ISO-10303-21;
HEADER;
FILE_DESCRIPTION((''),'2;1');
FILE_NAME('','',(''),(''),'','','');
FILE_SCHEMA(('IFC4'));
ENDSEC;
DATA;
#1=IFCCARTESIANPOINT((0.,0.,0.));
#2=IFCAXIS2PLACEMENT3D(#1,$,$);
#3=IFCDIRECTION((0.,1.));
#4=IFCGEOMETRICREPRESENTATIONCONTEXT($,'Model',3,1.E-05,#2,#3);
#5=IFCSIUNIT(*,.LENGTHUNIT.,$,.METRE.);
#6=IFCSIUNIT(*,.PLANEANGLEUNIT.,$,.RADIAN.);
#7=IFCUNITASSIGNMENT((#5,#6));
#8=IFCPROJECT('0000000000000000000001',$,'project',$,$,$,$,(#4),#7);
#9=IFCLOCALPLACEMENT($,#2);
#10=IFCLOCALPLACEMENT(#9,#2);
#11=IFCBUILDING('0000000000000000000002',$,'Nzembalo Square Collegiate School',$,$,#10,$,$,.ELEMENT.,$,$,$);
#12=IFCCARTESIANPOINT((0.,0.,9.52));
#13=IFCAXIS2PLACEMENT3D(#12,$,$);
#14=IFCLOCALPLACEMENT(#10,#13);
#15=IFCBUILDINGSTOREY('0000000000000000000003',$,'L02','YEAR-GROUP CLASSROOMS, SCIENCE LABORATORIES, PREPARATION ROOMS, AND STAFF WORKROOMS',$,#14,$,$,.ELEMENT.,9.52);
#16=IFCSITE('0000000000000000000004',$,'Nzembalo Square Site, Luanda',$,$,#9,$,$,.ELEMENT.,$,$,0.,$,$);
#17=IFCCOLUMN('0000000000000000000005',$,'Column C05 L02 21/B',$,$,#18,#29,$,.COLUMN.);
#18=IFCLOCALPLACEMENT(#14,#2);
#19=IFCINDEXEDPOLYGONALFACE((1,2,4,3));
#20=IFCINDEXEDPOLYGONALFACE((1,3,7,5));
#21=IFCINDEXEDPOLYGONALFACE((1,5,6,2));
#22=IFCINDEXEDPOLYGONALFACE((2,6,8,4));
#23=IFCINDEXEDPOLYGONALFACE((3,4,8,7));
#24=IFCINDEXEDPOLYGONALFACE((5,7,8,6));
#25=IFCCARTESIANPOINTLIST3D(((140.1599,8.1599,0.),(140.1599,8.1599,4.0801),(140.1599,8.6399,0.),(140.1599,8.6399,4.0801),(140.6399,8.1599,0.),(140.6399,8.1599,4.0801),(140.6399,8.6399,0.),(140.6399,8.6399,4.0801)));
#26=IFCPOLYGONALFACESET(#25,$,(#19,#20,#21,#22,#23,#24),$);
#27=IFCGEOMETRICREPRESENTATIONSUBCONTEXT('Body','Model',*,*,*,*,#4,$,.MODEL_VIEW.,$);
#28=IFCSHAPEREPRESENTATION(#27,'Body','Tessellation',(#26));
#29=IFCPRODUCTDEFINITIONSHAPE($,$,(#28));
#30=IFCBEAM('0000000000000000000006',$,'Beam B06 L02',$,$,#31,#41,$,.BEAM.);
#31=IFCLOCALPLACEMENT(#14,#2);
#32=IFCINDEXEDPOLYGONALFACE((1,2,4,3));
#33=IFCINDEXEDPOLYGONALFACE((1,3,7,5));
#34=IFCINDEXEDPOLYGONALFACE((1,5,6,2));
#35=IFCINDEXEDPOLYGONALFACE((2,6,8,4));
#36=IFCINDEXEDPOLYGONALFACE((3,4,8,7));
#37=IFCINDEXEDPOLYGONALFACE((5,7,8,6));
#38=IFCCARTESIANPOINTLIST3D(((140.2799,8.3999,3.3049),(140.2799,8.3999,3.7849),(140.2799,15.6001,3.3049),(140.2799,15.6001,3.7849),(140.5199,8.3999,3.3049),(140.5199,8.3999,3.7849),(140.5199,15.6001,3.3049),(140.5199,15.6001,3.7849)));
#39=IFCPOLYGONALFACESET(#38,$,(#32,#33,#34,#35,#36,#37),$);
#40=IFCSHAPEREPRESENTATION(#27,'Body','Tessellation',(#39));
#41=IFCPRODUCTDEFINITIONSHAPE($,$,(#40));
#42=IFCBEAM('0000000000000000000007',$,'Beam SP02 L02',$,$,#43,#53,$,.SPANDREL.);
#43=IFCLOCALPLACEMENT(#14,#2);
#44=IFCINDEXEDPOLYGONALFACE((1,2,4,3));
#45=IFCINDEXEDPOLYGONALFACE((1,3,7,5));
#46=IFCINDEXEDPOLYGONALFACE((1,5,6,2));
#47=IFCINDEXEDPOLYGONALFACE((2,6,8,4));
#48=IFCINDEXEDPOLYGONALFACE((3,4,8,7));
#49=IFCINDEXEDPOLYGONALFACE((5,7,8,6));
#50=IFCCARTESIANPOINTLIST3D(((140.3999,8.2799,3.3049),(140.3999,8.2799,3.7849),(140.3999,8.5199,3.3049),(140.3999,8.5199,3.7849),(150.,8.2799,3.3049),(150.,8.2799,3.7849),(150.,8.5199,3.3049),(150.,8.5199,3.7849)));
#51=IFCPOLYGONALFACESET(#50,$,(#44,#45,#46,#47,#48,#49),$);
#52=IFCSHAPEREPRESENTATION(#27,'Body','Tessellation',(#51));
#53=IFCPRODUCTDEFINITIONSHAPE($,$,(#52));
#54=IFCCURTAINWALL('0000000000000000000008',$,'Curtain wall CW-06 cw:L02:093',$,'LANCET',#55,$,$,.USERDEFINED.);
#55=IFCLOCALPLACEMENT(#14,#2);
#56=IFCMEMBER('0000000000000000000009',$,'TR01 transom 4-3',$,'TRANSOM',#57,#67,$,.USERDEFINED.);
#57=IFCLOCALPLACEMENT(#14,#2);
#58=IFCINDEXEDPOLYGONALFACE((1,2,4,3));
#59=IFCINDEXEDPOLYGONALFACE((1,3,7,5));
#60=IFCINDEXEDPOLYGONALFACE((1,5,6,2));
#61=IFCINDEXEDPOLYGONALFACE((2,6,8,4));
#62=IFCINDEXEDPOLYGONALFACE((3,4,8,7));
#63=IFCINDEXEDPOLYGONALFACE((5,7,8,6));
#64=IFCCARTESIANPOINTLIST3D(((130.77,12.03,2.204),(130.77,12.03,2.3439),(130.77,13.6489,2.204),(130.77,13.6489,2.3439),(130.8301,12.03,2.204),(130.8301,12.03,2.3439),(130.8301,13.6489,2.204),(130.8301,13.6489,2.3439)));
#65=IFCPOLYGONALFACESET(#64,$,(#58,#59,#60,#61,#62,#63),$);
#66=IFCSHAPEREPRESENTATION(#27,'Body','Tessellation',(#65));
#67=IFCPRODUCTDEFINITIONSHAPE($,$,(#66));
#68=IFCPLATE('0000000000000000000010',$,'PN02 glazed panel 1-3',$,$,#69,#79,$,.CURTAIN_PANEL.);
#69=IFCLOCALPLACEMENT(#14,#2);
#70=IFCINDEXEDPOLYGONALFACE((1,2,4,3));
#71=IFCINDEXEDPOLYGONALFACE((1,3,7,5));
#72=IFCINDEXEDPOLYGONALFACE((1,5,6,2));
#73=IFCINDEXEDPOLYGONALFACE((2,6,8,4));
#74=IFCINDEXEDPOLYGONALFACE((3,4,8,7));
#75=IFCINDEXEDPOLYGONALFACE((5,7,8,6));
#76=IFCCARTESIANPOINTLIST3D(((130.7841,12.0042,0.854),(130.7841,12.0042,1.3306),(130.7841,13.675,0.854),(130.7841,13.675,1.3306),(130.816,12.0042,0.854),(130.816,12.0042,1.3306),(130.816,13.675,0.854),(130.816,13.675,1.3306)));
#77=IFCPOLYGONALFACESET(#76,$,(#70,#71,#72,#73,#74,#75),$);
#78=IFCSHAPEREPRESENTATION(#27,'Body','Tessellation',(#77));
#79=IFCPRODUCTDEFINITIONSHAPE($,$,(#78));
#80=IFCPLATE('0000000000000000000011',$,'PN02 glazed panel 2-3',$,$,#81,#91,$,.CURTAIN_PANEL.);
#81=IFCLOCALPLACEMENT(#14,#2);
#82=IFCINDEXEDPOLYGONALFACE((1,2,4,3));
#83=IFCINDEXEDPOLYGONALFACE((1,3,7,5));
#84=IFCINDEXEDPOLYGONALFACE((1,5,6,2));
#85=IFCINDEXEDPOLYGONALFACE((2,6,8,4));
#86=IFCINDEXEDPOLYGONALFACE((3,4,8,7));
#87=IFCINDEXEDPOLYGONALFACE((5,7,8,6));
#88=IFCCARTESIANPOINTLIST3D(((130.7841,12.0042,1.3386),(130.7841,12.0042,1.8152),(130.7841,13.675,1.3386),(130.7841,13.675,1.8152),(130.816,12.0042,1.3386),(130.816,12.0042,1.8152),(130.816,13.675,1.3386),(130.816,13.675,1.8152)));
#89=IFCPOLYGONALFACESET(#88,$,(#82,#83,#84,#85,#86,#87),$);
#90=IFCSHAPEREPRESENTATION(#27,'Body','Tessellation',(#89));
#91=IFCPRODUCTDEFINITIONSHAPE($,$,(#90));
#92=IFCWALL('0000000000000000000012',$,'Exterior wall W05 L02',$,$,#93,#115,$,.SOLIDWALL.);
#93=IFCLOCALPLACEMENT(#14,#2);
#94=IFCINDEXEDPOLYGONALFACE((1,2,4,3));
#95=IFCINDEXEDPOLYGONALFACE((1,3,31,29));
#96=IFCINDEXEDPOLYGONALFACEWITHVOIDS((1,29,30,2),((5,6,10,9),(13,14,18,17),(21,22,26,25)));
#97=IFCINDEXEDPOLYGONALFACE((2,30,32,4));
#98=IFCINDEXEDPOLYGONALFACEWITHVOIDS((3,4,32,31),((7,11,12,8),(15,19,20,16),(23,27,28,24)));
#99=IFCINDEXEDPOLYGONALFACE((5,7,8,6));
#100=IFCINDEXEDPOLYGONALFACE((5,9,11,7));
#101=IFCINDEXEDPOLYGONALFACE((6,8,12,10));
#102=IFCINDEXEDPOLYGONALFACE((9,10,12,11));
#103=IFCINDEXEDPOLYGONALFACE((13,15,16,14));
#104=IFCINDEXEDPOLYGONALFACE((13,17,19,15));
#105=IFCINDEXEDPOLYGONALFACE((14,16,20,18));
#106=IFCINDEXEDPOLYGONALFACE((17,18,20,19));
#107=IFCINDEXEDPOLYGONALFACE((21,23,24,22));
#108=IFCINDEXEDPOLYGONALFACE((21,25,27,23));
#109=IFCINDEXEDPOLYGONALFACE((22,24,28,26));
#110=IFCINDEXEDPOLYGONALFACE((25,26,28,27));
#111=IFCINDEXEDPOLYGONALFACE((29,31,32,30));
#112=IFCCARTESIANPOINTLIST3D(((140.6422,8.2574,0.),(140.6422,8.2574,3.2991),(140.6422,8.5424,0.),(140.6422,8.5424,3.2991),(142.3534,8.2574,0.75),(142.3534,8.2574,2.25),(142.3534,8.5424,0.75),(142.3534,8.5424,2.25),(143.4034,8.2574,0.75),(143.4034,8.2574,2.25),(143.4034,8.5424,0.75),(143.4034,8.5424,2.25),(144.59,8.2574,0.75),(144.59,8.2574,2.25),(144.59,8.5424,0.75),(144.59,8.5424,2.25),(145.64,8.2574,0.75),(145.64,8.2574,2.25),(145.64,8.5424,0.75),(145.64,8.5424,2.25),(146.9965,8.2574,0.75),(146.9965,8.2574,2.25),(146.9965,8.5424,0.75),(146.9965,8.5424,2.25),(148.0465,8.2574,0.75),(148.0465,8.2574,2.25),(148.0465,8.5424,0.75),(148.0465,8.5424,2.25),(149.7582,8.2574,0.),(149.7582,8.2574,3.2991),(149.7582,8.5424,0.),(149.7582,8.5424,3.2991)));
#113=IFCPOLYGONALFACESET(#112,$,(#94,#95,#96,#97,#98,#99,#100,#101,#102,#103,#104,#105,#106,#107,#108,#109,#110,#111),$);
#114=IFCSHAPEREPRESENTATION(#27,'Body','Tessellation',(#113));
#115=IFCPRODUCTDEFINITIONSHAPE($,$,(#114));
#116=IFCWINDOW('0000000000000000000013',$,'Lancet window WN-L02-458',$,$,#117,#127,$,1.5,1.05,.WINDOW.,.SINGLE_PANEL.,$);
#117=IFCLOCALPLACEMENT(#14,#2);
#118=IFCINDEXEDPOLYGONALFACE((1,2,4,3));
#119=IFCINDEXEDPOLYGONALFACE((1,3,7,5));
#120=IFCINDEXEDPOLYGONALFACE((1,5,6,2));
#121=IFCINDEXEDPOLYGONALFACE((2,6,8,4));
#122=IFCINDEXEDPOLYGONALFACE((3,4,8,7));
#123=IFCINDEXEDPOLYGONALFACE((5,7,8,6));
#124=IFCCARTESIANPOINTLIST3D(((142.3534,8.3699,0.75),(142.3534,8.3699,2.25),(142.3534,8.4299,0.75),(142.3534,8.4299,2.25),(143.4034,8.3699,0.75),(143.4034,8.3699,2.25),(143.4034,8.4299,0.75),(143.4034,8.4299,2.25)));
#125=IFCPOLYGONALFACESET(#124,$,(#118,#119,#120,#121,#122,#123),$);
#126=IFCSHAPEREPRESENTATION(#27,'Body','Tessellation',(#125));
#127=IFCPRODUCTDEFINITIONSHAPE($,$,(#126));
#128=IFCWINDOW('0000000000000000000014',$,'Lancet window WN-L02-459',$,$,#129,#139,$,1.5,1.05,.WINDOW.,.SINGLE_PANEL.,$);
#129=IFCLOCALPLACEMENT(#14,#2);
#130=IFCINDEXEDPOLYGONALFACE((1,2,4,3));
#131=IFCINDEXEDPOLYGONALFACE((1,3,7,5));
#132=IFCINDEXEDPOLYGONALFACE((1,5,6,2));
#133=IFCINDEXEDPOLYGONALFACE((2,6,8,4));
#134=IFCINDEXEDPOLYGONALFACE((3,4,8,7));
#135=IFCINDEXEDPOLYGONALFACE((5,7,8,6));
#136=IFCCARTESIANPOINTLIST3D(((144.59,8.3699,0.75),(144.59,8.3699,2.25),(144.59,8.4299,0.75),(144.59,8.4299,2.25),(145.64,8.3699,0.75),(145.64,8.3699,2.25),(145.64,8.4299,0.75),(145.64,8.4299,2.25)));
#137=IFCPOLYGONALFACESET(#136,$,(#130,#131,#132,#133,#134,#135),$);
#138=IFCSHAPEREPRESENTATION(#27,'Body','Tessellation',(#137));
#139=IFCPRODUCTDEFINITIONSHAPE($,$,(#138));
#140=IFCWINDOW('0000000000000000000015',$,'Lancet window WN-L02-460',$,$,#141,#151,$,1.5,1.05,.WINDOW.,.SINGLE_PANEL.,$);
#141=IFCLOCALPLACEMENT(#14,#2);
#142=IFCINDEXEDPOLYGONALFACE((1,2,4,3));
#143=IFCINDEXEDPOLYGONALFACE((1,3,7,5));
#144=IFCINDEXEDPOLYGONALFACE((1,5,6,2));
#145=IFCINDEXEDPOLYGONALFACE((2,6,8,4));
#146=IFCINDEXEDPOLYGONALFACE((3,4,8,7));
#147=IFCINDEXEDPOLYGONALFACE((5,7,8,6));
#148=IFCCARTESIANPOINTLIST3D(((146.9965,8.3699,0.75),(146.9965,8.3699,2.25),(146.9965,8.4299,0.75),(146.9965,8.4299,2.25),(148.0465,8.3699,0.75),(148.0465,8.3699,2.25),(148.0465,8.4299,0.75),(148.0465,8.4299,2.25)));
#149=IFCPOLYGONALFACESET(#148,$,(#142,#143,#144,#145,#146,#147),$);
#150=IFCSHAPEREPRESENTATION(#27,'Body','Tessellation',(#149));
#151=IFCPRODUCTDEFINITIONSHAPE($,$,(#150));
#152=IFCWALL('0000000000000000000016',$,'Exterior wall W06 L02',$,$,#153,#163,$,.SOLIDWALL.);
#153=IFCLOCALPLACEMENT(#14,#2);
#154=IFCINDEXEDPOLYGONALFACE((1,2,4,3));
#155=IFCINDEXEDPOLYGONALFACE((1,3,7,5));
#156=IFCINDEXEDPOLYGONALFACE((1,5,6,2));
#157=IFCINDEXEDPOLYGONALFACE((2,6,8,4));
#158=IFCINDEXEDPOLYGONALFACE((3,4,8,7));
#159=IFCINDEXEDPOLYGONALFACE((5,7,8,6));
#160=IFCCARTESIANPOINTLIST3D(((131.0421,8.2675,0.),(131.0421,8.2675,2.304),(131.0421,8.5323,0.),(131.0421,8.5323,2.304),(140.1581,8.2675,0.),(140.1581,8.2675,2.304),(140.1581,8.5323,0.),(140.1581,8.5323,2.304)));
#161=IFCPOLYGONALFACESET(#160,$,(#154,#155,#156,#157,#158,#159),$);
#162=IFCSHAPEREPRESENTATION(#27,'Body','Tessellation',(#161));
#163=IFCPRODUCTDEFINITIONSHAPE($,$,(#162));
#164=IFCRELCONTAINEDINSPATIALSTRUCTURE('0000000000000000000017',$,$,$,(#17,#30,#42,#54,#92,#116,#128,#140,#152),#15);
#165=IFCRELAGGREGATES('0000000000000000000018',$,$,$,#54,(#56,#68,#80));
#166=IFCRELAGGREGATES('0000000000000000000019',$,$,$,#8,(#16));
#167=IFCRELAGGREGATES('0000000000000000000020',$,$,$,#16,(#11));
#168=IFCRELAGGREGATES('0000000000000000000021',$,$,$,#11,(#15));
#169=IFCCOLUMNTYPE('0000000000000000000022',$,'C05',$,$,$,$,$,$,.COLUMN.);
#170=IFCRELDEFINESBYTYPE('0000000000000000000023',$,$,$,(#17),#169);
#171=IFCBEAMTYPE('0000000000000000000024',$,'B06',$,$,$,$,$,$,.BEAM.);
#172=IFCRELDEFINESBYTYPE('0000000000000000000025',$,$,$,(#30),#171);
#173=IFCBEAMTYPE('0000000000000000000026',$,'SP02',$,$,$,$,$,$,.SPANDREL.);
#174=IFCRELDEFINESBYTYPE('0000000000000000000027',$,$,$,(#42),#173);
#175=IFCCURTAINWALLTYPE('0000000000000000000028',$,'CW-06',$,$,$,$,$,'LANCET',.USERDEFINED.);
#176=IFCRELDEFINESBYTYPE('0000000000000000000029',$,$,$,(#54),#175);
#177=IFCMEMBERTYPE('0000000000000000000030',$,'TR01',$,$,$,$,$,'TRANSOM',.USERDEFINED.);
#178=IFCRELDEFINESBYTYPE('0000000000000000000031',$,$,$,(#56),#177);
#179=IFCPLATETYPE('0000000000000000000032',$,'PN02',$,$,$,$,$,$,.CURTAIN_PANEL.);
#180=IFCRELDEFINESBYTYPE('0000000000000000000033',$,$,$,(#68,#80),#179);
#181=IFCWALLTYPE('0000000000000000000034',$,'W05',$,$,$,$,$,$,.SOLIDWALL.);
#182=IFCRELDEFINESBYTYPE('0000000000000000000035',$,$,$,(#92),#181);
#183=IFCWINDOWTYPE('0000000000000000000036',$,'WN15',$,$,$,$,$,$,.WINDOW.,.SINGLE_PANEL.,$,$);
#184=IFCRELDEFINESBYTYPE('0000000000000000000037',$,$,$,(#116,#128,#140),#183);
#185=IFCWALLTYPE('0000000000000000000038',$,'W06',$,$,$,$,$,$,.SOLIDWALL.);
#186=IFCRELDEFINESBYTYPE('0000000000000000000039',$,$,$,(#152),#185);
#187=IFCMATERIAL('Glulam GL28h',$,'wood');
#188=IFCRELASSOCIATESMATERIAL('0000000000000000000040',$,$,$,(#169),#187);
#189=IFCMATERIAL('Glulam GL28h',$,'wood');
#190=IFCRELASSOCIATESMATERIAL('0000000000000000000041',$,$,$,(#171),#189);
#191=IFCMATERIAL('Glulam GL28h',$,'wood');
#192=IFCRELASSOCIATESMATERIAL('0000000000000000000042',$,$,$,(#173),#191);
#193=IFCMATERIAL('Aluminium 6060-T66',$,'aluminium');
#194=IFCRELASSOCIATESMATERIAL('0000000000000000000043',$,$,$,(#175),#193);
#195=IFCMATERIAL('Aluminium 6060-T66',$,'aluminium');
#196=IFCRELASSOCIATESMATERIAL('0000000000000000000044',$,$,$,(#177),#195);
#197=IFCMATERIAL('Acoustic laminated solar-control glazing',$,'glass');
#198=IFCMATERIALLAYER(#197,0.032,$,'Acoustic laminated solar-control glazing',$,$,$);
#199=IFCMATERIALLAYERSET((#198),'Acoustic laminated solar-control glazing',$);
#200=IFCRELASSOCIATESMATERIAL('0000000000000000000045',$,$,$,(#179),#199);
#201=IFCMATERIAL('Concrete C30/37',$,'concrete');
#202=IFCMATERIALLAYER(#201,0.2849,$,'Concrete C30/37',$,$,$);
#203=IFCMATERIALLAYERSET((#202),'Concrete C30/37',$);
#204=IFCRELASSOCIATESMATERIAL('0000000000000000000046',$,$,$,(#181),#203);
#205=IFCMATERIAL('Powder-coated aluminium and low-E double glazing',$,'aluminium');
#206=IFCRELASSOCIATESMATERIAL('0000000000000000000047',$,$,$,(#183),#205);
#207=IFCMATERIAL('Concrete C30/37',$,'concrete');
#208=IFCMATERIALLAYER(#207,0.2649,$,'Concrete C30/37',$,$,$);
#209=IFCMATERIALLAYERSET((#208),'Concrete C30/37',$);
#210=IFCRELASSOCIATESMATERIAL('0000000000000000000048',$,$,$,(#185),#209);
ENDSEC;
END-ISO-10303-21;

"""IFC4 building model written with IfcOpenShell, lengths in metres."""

from ifc_helpers import new_model, si_unit, direction, frame, frame_2d, origin, origin_2d, place, context, subcontext, project, spatial, rectangle, extrude, material, layer, layer_set, material_profile, profile_set, type_object, element, fill, aggregate, save


model = new_model("IFC4")

# Units and contexts
model_context = context("Model", 3, precision=1e-05, world=origin(), true_north=direction((0.0, 1.0)))
body_context = subcontext(model_context, "Body", "Model", "MODEL_VIEW")
ifc_project = project(units=[si_unit("LENGTHUNIT", "METRE"), si_unit("PLANEANGLEUNIT", "RADIAN")], contexts=[model_context])

# Site, building, storey
site_placement = place(None, origin())
site = spatial("IfcSite", under=ifc_project, at=site_placement, Name="Nzembalo Square Site, Luanda", CompositionType="ELEMENT", RefElevation=0.0)
building_placement = place(site_placement, origin())
building = spatial("IfcBuilding", under=site, at=building_placement, Name="Nzembalo Square Collegiate School", CompositionType="ELEMENT")
storey_placement = place(building_placement, frame((0.0, 0.0, 9.52)))
storey = spatial("IfcBuildingStorey", under=building, at=storey_placement, Name="L02", Description="YEAR-GROUP CLASSROOMS, SCIENCE LABORATORIES, PREPARATION ROOMS, AND STAFF WORKROOMS", CompositionType="ELEMENT", Elevation=9.52)

# Column
ifc_material_1 = material(Name="Glulam GL28h", Category="wood")
ifc_material_profile_1 = material_profile(ifc_material_1, rectangle(XDim=0.48, YDim=0.48, at=origin_2d()), Name="GL28h 480x480")
ifc_profile_set_1 = profile_set([ifc_material_profile_1], Name="Glulam GL28h")
column_type = type_object("IfcColumnType", Name="C05", PredefinedType="COLUMN", material=ifc_profile_set_1)
column_placement = place(storey_placement, frame((140.3999, 8.3999, 0.0), z_axis=(0.0, 0.0, 1.0), x_axis=(1.0, 0.0, 0.0)))
element("IfcColumn", 1, at=column_placement, inside=storey, type_object=column_type, Name="Column C05 L02 21/B", PredefinedType="COLUMN", context=body_context, shape_type="SweptSolid", body=[
    extrude(rectangle(XDim=0.48, YDim=0.48, at=origin_2d()), origin(), (0.0, 0.0, 1.0), 4.0801),
])

# Beams
ifc_material_2 = material(Name="Glulam GL28h", Category="wood")
ifc_material_profile_2 = material_profile(ifc_material_2, rectangle(XDim=0.24, YDim=0.48, at=origin_2d()), Name="GL28h 240x480")
ifc_profile_set_2 = profile_set([ifc_material_profile_2], Name="Glulam GL28h")
beam_type_1 = type_object("IfcBeamType", Name="B06", PredefinedType="BEAM", material=ifc_profile_set_2)
beam_1_placement = place(storey_placement, frame((140.3999, 8.3999, 3.5449), z_axis=(0.0, 1.0, 0.0), x_axis=(-1.0, 0.0, 0.0)))
element("IfcBeam", 2, at=beam_1_placement, inside=storey, type_object=beam_type_1, Name="Beam B06 L02", PredefinedType="BEAM", context=body_context, shape_type="SweptSolid", body=[
    extrude(rectangle(XDim=0.24, YDim=0.48, at=origin_2d()), origin(), (0.0, 0.0, 1.0), 7.2002),
])
ifc_material_3 = material(Name="Glulam GL28h", Category="wood")
ifc_material_profile_3 = material_profile(ifc_material_3, rectangle(XDim=0.24, YDim=0.48, at=origin_2d()), Name="GL28h 240x480")
ifc_profile_set_3 = profile_set([ifc_material_profile_3], Name="Glulam GL28h")
beam_type_2 = type_object("IfcBeamType", Name="SP02", PredefinedType="SPANDREL", material=ifc_profile_set_3)
beam_2_placement = place(storey_placement, frame((140.3999, 8.3999, 3.5449), z_axis=(1.0, 0.0, 0.0), x_axis=(0.0, 1.0, 0.0)))
element("IfcBeam", 3, at=beam_2_placement, inside=storey, type_object=beam_type_2, Name="Beam SP02 L02", PredefinedType="SPANDREL", context=body_context, shape_type="SweptSolid", body=[
    extrude(rectangle(XDim=0.24, YDim=0.48, at=origin_2d()), origin(), (0.0, 0.0, 1.0), 9.6001),
])

# Curtain wall, member, plates
ifc_material_4 = material(Name="Aluminium 6060-T66", Category="aluminium")
curtain_wall_type = type_object("IfcCurtainWallType", Name="CW-06", ElementType="LANCET", PredefinedType="USERDEFINED", material=ifc_material_4)
curtain_wall_placement = place(storey_placement, origin())
curtain_wall = element("IfcCurtainWall", 4, at=curtain_wall_placement, inside=storey, type_object=curtain_wall_type, Name="Curtain wall CW-06 cw:L02:093", ObjectType="LANCET", PredefinedType="USERDEFINED")
ifc_material_5 = material(Name="Aluminium 6060-T66", Category="aluminium")
ifc_material_profile_4 = material_profile(ifc_material_5, rectangle(XDim=0.0601, YDim=0.1399, at=origin_2d()), Name="ALU T60x140")
ifc_profile_set_4 = profile_set([ifc_material_profile_4], Name="Aluminium 6060-T66")
member_type = type_object("IfcMemberType", Name="TR01", ElementType="TRANSOM", PredefinedType="USERDEFINED", material=ifc_profile_set_4)
member_placement = place(storey_placement, frame((130.8, 12.03, 2.2739), z_axis=(0.0, 1.0, 0.0), x_axis=(-1.0, 0.0, 0.0)))
member = element("IfcMember", 5, at=member_placement, type_object=member_type, Name="TR01 transom 4-3", ObjectType="TRANSOM", PredefinedType="USERDEFINED", context=body_context, shape_type="SweptSolid", body=[
    extrude(rectangle(XDim=0.0601, YDim=0.1399, at=origin_2d()), origin(), (0.0, 0.0, 1.0), 1.6189),
])
ifc_material_6 = material(Name="Acoustic laminated solar-control glazing", Category="glass")
ifc_layer_1 = layer(ifc_material_6, 0.032, Name="Acoustic laminated solar-control glazing")
ifc_layer_set_1 = layer_set([ifc_layer_1], Name="Acoustic laminated solar-control glazing")
plate_type = type_object("IfcPlateType", Name="PN02", PredefinedType="CURTAIN_PANEL", material=ifc_layer_set_1)
plate_1_placement = place(storey_placement, frame((130.8, 12.8396, 0.854), z_axis=(0.0, 0.0, 1.0), x_axis=(0.0, 1.0, 0.0)))
plate_1 = element("IfcPlate", 6, at=plate_1_placement, type_object=plate_type, Name="PN02 glazed panel 1-3", PredefinedType="CURTAIN_PANEL", context=body_context, shape_type="SweptSolid", body=[
    extrude(rectangle(XDim=1.6709, YDim=0.032, at=origin_2d()), origin(), (0.0, 0.0, 1.0), 0.4766),
])
plate_2_placement = place(storey_placement, frame((130.8, 12.8396, 1.3386), z_axis=(0.0, 0.0, 1.0), x_axis=(0.0, 1.0, 0.0)))
plate_2 = element("IfcPlate", 7, at=plate_2_placement, type_object=plate_type, Name="PN02 glazed panel 2-3", PredefinedType="CURTAIN_PANEL", context=body_context, shape_type="SweptSolid", body=[
    extrude(rectangle(XDim=1.6709, YDim=0.032, at=origin_2d()), origin(), (0.0, 0.0, 1.0), 0.4766),
])
aggregate(curtain_wall, [member, plate_1, plate_2])

# Wall, openings, windows
ifc_material_7 = material(Name="Concrete C30/37", Category="concrete")
ifc_layer_2 = layer(ifc_material_7, 0.2849, Name="Concrete C30/37")
ifc_layer_set_2 = layer_set([ifc_layer_2], Name="Concrete C30/37")
wall_type_1 = type_object("IfcWallType", Name="W05", PredefinedType="SOLIDWALL", material=ifc_layer_set_2)
wall_1_placement = place(storey_placement, frame((140.6421, 8.3999, 0.0), z_axis=(0.0, 0.0, 1.0), x_axis=(1.0, 0.0, 0.0)))
wall_1 = element("IfcWall", 8, at=wall_1_placement, inside=storey, type_object=wall_type_1, Name="Exterior wall W05 L02", PredefinedType="SOLIDWALL", context=body_context, shape_type="SweptSolid", body=[
    extrude(rectangle(XDim=9.116, YDim=0.2849, at=frame_2d((4.5581, 0.0))), origin(), (0.0, 0.0, 1.0), 3.2991),
])
opening_1_placement = place(wall_1_placement, frame((1.7114, 0.0, 0.75)))
opening_1 = element("IfcOpeningElement", 9, at=opening_1_placement, cuts=wall_1, PredefinedType="OPENING", context=body_context, shape_type="SweptSolid", body=[
    extrude(rectangle(XDim=1.05, YDim=1.5, at=frame_2d((0.5249, 0.75))), frame((0.0, 0.1523, 0.0), z_axis=(0.0, -1.0, 0.0), x_axis=(1.0, 0.0, 0.0)), (0.0, 0.0, 1.0), 0.3049),
])
opening_2_placement = place(wall_1_placement, frame((3.948, 0.0, 0.75)))
opening_2 = element("IfcOpeningElement", 10, at=opening_2_placement, cuts=wall_1, PredefinedType="OPENING", context=body_context, shape_type="SweptSolid", body=[
    extrude(rectangle(XDim=1.05, YDim=1.5, at=frame_2d((0.5249, 0.75))), frame((0.0, 0.1523, 0.0), z_axis=(0.0, -1.0, 0.0), x_axis=(1.0, 0.0, 0.0)), (0.0, 0.0, 1.0), 0.3049),
])
opening_3_placement = place(wall_1_placement, frame((6.3545, 0.0, 0.75)))
opening_3 = element("IfcOpeningElement", 11, at=opening_3_placement, cuts=wall_1, PredefinedType="OPENING", context=body_context, shape_type="SweptSolid", body=[
    extrude(rectangle(XDim=1.05, YDim=1.5, at=frame_2d((0.5249, 0.75))), frame((0.0, 0.1523, 0.0), z_axis=(0.0, -1.0, 0.0), x_axis=(1.0, 0.0, 0.0)), (0.0, 0.0, 1.0), 0.3049),
])
ifc_material_8 = material(Name="Powder-coated aluminium and low-E double glazing", Category="aluminium")
window_type = type_object("IfcWindowType", Name="WN15", PartitioningType="SINGLE_PANEL", PredefinedType="WINDOW", material=ifc_material_8)
window_1_placement = place(opening_1_placement, origin())
window_1 = element("IfcWindow", 12, at=window_1_placement, inside=storey, type_object=window_type, Name="Lancet window WN-L02-458", OverallHeight=1.5, OverallWidth=1.05, PartitioningType="SINGLE_PANEL", PredefinedType="WINDOW", context=body_context, shape_type="SweptSolid", body=[
    extrude(rectangle(XDim=1.05, YDim=1.5, at=frame_2d((0.5249, 0.75))), frame((0.0, 0.03, 0.0), z_axis=(0.0, -1.0, 0.0), x_axis=(1.0, 0.0, 0.0)), (0.0, 0.0, 1.0), 0.0601),
])
fill(opening_1, window_1)
window_2_placement = place(opening_2_placement, origin())
window_2 = element("IfcWindow", 13, at=window_2_placement, inside=storey, type_object=window_type, Name="Lancet window WN-L02-459", OverallHeight=1.5, OverallWidth=1.05, PartitioningType="SINGLE_PANEL", PredefinedType="WINDOW", context=body_context, shape_type="SweptSolid", body=[
    extrude(rectangle(XDim=1.05, YDim=1.5, at=frame_2d((0.5249, 0.75))), frame((0.0, 0.03, 0.0), z_axis=(0.0, -1.0, 0.0), x_axis=(1.0, 0.0, 0.0)), (0.0, 0.0, 1.0), 0.0601),
])
fill(opening_2, window_2)
window_3_placement = place(opening_3_placement, origin())
window_3 = element("IfcWindow", 14, at=window_3_placement, inside=storey, type_object=window_type, Name="Lancet window WN-L02-460", OverallHeight=1.5, OverallWidth=1.05, PartitioningType="SINGLE_PANEL", PredefinedType="WINDOW", context=body_context, shape_type="SweptSolid", body=[
    extrude(rectangle(XDim=1.05, YDim=1.5, at=frame_2d((0.5249, 0.75))), frame((0.0, 0.03, 0.0), z_axis=(0.0, -1.0, 0.0), x_axis=(1.0, 0.0, 0.0)), (0.0, 0.0, 1.0), 0.0601),
])
fill(opening_3, window_3)

# Wall
ifc_material_9 = material(Name="Concrete C30/37", Category="concrete")
ifc_layer_3 = layer(ifc_material_9, 0.2649, Name="Concrete C30/37")
ifc_layer_set_3 = layer_set([ifc_layer_3], Name="Concrete C30/37")
wall_type_2 = type_object("IfcWallType", Name="W06", PredefinedType="SOLIDWALL", material=ifc_layer_set_3)
wall_2_placement = place(storey_placement, frame((131.042, 8.3999, 0.0), z_axis=(0.0, 0.0, 1.0), x_axis=(1.0, 0.0, 0.0)))
element("IfcWall", 15, at=wall_2_placement, inside=storey, type_object=wall_type_2, Name="Exterior wall W06 L02", PredefinedType="SOLIDWALL", context=body_context, shape_type="SweptSolid", body=[
    extrude(rectangle(XDim=9.116, YDim=0.2649, at=frame_2d((4.5581, 0.0))), origin(), (0.0, 0.0, 1.0), 2.304),
])

save(model, "model.ifc")
